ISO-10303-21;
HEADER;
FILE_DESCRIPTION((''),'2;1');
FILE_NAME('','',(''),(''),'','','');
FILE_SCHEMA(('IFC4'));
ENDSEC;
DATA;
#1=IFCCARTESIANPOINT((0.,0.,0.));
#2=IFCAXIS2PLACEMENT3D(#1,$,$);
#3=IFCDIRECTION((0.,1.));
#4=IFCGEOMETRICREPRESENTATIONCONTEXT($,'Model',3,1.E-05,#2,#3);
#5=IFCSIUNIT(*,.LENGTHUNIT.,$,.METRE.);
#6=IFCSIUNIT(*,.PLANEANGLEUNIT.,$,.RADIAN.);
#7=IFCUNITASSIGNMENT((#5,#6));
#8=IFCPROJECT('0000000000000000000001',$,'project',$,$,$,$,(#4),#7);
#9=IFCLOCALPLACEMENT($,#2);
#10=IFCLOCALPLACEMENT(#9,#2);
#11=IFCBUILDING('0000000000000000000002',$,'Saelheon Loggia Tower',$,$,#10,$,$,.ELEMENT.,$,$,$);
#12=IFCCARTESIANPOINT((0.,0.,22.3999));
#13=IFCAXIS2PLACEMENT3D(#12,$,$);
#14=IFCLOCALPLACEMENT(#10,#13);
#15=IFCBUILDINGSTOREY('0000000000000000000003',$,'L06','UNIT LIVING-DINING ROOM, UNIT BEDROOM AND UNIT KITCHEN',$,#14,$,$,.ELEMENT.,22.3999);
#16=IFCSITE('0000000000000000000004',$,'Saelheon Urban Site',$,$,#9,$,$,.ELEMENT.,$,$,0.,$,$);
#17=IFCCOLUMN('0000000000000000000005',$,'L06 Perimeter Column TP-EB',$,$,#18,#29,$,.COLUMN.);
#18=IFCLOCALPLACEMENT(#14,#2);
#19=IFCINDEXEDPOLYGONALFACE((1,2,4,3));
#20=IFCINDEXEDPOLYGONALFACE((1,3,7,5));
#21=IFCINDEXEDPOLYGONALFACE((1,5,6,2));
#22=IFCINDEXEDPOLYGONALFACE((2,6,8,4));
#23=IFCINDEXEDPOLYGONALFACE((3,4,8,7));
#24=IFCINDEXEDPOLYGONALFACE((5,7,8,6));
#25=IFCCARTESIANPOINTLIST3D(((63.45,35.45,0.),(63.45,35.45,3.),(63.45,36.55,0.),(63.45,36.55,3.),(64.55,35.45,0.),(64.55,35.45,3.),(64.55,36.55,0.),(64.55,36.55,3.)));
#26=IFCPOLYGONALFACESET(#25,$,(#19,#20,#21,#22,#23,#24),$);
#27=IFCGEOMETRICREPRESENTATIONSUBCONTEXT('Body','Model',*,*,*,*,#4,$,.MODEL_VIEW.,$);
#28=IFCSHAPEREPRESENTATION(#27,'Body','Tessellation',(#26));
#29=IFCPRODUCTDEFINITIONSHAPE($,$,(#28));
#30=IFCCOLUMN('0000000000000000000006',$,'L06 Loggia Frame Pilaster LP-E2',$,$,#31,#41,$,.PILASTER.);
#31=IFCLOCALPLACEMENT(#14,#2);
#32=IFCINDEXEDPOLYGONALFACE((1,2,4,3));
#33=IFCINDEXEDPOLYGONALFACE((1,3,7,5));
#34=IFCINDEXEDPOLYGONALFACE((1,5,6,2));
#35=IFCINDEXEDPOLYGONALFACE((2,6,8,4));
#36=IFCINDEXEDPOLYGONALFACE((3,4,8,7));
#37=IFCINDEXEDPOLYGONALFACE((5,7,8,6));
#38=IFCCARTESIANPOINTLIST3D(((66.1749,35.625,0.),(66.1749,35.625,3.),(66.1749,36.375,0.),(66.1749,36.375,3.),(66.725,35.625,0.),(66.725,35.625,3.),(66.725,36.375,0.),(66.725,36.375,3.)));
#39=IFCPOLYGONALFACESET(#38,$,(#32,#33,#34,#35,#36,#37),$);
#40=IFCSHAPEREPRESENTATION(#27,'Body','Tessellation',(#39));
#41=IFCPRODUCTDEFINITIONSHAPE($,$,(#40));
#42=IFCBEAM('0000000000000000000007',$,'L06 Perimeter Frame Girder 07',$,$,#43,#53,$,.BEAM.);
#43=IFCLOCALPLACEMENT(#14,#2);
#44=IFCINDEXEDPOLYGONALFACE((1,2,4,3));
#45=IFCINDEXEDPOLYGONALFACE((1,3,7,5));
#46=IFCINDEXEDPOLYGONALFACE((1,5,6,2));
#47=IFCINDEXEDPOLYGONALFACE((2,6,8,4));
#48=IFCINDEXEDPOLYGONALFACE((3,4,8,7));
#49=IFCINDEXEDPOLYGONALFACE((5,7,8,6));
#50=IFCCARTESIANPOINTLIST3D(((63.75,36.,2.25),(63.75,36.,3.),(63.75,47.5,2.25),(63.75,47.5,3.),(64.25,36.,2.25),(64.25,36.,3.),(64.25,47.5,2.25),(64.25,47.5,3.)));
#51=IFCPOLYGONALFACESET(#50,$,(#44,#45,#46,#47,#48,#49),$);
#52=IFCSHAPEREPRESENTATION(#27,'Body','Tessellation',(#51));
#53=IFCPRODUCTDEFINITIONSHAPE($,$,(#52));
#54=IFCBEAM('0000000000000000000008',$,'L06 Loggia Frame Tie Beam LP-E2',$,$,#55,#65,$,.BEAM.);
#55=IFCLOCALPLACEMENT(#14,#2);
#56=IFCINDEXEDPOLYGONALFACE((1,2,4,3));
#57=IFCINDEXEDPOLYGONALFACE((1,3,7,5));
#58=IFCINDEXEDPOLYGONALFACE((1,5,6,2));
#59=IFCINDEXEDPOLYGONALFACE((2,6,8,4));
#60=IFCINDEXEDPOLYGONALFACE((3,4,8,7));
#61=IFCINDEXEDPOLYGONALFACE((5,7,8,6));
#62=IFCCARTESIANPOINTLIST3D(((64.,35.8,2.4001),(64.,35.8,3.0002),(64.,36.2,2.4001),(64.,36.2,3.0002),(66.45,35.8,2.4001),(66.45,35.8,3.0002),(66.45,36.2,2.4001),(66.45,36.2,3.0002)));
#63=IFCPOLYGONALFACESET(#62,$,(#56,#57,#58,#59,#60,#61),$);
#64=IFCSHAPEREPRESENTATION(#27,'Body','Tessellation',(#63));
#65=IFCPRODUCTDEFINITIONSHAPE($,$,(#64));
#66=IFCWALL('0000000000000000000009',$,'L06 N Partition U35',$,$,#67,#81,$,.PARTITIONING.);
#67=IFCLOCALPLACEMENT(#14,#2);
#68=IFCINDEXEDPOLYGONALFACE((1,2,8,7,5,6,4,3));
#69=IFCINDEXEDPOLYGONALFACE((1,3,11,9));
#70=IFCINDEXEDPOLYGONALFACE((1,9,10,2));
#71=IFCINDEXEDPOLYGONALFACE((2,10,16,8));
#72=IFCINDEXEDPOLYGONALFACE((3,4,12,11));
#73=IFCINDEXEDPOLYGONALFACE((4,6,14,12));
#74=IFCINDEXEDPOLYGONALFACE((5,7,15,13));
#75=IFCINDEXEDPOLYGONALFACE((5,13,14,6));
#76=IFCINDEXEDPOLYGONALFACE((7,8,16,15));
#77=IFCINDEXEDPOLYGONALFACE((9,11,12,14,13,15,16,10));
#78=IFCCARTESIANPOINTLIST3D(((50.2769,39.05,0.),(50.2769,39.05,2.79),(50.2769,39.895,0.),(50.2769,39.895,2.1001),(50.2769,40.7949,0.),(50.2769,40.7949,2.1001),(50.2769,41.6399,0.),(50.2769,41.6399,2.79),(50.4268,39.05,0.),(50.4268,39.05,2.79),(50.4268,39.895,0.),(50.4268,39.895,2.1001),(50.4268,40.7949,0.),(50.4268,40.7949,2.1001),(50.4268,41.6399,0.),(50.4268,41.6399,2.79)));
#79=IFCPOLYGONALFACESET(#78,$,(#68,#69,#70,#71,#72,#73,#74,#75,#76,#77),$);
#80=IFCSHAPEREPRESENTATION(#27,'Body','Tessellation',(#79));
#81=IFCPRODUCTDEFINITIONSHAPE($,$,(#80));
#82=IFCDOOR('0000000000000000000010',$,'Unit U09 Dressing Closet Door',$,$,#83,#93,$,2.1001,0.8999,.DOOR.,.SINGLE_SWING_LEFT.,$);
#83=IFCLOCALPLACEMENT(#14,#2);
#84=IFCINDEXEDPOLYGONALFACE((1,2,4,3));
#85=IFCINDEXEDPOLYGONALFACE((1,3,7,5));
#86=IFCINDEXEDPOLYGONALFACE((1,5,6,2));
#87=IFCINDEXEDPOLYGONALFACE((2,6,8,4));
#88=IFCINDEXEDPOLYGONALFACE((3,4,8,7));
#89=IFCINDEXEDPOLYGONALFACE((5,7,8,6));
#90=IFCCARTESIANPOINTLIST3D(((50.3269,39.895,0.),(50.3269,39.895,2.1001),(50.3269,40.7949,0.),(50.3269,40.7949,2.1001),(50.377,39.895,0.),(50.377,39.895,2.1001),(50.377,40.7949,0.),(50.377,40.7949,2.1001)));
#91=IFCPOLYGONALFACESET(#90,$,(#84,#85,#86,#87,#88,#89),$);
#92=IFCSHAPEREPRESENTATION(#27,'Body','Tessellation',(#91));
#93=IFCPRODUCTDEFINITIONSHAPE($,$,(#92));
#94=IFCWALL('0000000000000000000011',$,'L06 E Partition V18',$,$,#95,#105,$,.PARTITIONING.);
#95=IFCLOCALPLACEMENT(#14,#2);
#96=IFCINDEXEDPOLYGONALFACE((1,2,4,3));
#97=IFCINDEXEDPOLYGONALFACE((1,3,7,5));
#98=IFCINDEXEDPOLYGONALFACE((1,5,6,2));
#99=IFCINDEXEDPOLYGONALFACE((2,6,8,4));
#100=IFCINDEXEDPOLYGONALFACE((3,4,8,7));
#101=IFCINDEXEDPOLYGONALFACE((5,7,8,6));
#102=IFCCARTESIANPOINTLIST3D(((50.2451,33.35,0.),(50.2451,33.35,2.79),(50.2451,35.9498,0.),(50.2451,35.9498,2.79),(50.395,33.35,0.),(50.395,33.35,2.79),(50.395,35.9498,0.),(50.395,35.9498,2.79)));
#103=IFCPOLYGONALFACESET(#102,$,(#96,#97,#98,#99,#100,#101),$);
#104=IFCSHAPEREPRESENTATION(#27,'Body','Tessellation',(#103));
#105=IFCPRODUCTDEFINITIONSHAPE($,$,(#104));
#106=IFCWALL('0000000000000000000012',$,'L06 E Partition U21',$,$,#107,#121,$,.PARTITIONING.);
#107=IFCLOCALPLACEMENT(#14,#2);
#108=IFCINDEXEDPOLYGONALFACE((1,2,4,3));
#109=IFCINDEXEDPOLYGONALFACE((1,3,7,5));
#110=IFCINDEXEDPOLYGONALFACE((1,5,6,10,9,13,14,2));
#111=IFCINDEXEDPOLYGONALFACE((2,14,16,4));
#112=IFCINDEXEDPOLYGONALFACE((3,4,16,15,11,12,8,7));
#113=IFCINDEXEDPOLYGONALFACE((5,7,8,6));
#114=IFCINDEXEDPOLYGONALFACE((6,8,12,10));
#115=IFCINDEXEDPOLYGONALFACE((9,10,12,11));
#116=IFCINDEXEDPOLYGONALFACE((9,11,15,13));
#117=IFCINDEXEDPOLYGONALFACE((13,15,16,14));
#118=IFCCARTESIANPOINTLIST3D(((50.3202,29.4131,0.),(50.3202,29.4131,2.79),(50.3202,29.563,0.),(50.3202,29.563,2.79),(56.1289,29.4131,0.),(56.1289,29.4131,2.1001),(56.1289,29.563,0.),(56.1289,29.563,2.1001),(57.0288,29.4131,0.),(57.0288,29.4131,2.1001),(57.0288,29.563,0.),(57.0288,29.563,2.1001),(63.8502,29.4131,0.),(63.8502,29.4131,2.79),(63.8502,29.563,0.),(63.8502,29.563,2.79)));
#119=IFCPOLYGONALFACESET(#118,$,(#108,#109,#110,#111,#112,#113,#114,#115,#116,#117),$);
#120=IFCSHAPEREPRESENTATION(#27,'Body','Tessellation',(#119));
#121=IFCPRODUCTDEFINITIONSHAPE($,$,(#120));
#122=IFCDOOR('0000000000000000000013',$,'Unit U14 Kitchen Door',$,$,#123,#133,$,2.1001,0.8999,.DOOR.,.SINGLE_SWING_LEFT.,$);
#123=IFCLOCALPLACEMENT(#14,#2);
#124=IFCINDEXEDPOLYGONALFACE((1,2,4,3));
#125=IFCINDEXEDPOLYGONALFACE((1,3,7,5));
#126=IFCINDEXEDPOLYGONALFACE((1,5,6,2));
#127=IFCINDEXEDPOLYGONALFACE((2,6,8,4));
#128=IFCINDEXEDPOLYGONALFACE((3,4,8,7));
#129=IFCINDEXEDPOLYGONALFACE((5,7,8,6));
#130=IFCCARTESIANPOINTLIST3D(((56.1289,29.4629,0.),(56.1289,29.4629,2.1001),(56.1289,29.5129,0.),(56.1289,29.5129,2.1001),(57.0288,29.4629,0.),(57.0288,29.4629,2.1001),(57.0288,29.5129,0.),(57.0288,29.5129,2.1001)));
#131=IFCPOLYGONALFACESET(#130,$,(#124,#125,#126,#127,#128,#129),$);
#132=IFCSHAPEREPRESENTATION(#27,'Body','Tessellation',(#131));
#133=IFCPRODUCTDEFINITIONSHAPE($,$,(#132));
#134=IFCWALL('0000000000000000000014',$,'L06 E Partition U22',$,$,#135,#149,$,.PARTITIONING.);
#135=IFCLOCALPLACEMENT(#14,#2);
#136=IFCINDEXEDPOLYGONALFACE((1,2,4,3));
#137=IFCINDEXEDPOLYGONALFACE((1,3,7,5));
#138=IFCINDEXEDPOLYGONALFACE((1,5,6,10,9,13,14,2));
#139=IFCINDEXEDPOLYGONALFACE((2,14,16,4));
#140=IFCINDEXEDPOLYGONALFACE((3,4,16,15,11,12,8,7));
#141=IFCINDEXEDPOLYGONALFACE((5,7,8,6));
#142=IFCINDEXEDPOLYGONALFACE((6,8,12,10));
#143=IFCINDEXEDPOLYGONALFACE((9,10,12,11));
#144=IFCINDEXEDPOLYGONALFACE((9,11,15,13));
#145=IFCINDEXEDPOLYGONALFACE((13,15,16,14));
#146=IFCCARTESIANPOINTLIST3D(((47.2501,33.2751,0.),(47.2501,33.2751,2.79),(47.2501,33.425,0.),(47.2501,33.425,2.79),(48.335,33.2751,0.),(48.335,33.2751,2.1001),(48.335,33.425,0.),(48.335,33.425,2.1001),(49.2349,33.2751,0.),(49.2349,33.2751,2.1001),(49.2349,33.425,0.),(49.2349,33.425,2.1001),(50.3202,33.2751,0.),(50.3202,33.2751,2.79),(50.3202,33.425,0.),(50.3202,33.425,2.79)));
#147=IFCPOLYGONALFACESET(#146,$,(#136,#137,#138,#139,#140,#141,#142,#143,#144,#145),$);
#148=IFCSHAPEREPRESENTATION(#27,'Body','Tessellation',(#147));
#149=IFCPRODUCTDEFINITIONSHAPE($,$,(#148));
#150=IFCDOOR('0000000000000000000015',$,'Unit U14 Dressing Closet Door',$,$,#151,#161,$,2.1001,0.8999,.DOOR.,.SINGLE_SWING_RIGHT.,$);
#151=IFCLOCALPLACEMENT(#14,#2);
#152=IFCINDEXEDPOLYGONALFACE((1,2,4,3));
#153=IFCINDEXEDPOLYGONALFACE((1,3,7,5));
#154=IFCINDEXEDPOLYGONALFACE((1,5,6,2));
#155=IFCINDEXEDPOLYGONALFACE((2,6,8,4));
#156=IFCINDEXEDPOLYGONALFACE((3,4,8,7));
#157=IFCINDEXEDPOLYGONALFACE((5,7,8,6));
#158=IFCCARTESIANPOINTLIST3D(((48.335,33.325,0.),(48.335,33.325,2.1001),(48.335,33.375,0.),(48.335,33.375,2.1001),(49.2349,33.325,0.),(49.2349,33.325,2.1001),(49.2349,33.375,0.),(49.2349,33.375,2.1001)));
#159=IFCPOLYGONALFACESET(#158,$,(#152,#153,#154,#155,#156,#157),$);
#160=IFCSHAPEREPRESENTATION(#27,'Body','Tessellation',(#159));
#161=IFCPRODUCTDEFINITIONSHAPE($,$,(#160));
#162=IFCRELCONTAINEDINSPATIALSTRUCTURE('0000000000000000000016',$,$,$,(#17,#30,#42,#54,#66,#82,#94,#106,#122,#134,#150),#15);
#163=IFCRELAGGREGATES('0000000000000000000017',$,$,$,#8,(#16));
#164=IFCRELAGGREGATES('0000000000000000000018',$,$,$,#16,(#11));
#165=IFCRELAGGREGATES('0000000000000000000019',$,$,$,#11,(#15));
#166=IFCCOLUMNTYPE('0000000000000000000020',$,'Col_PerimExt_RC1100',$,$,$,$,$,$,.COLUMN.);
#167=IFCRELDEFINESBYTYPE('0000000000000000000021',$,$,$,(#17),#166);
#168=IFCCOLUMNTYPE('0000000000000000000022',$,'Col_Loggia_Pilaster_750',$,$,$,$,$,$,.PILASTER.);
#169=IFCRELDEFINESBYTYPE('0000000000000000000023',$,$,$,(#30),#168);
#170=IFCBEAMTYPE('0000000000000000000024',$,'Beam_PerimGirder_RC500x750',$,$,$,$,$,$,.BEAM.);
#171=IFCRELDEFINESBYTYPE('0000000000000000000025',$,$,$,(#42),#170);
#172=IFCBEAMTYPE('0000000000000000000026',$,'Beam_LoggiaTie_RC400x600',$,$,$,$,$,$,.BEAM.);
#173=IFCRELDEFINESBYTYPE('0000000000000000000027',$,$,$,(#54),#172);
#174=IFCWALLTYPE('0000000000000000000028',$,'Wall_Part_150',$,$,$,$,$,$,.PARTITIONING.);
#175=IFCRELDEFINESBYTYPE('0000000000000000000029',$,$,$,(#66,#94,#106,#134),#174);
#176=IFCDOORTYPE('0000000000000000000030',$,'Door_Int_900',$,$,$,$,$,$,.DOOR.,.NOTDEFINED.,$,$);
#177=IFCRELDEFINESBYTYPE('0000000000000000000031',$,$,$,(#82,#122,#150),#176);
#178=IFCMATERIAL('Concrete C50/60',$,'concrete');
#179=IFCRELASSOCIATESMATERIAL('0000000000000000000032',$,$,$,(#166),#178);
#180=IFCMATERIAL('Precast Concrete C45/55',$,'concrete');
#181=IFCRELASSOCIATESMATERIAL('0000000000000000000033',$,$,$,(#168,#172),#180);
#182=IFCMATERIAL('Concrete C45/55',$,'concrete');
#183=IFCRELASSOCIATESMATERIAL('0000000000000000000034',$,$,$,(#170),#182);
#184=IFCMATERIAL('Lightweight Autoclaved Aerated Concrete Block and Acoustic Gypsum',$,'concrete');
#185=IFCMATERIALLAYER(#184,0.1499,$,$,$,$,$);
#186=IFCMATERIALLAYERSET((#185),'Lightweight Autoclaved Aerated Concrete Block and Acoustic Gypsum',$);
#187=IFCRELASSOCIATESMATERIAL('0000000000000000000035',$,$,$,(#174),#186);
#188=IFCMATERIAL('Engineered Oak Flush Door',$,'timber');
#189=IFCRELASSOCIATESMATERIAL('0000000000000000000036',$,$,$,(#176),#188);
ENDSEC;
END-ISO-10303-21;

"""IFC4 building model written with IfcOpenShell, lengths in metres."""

from ifc_helpers import new_model, si_unit, direction, frame, frame_2d, origin, origin_2d, place, context, subcontext, project, spatial, rectangle, extrude, source, transform, mapped, material, layer, layer_set, material_profile, profile_set, type_object, element, fill, save


model = new_model("IFC4")

# Units and contexts
model_context = context("Model", 3, precision=1e-05, world=origin(), true_north=direction((0.0, 1.0)))
body_context = subcontext(model_context, "Body", "Model", "MODEL_VIEW")
ifc_project = project(units=[si_unit("LENGTHUNIT", "METRE"), si_unit("PLANEANGLEUNIT", "RADIAN")], contexts=[model_context])

# Site, building, storey
site_placement = place(None, origin())
site = spatial("IfcSite", under=ifc_project, at=site_placement, Name="Saelheon Urban Site", CompositionType="ELEMENT", RefElevation=0.0)
building_placement = place(site_placement, origin())
building = spatial("IfcBuilding", under=site, at=building_placement, Name="Saelheon Loggia Tower", CompositionType="ELEMENT")
storey_placement = place(building_placement, frame((0.0, 0.0, 22.3999)))
storey = spatial("IfcBuildingStorey", under=building, at=storey_placement, Name="L06", Description="UNIT LIVING-DINING ROOM, UNIT BEDROOM AND UNIT KITCHEN", CompositionType="ELEMENT", Elevation=22.3999)

# Columns
ifc_material_1 = material(Name="Concrete C50/60", Category="concrete")
ifc_material_profile_1 = material_profile(ifc_material_1, rectangle(XDim=1.1001, YDim=1.1001, at=origin_2d()), Name="RC-1100x1100")
ifc_profile_set_1 = profile_set([ifc_material_profile_1], Name="Concrete C50/60")
column_type_1 = type_object("IfcColumnType", Name="Col_PerimExt_RC1100", PredefinedType="COLUMN", material=ifc_profile_set_1)
shared_shape_1 = source(origin(), body_context, "Body", "SweptSolid", [
    extrude(rectangle(XDim=1.1001, YDim=1.1001, at=origin_2d()), origin(), (0.0, 0.0, 1.0), 3.0),
])
column_1_placement = place(storey_placement, frame((64.0, 36.0, 0.0), z_axis=(0.0, 0.0, 1.0), x_axis=(1.0, 0.0, 0.0)))
element("IfcColumn", 1, at=column_1_placement, inside=storey, type_object=column_type_1, Name="L06 Perimeter Column TP-EB", PredefinedType="COLUMN", context=body_context, shape_type="MappedRepresentation", body=[
    mapped(shared_shape_1, transform((0.0, 0.0, 0.0), scale=1.0)),
])
ifc_material_2 = material(Name="Precast Concrete C45/55", Category="concrete")
ifc_material_profile_2 = material_profile(ifc_material_2, rectangle(XDim=0.55, YDim=0.75, at=origin_2d()), Name="RC-550x750")
ifc_profile_set_2 = profile_set([ifc_material_profile_2], Name="Precast Concrete C45/55")
column_type_2 = type_object("IfcColumnType", Name="Col_Loggia_Pilaster_750", PredefinedType="PILASTER", material=ifc_profile_set_2)
shared_shape_2 = source(origin(), body_context, "Body", "SweptSolid", [
    extrude(rectangle(XDim=0.55, YDim=0.75, at=origin_2d()), origin(), (0.0, 0.0, 1.0), 3.0),
])
column_2_placement = place(storey_placement, frame((66.45, 36.0, 0.0), z_axis=(0.0, 0.0, 1.0), x_axis=(1.0, 0.0, 0.0)))
element("IfcColumn", 2, at=column_2_placement, inside=storey, type_object=column_type_2, Name="L06 Loggia Frame Pilaster LP-E2", PredefinedType="PILASTER", context=body_context, shape_type="MappedRepresentation", body=[
    mapped(shared_shape_2, transform((0.0, 0.0, 0.0), scale=1.0)),
])

# Beams
ifc_material_3 = material(Name="Concrete C45/55", Category="concrete")
ifc_material_profile_3 = material_profile(ifc_material_3, rectangle(XDim=0.5, YDim=0.75, at=origin_2d()), Name="RC-500x750")
ifc_profile_set_3 = profile_set([ifc_material_profile_3], Name="Concrete C45/55")
beam_type_1 = type_object("IfcBeamType", Name="Beam_PerimGirder_RC500x750", PredefinedType="BEAM", material=ifc_profile_set_3)
shared_shape_3 = source(origin(), body_context, "Body", "SweptSolid", [
    extrude(rectangle(XDim=0.5, YDim=0.75, at=origin_2d()), origin(), (0.0, 0.0, 1.0), 11.5),
])
beam_1_placement = place(storey_placement, frame((64.0, 36.0, 2.625), z_axis=(0.0, 1.0, 0.0), x_axis=(-1.0, 0.0, 0.0)))
element("IfcBeam", 3, at=beam_1_placement, inside=storey, type_object=beam_type_1, Name="L06 Perimeter Frame Girder 07", PredefinedType="BEAM", context=body_context, shape_type="MappedRepresentation", body=[
    mapped(shared_shape_3, transform((0.0, 0.0, 0.0), scale=1.0)),
])
ifc_material_profile_4 = material_profile(ifc_material_2, rectangle(XDim=0.3999, YDim=0.6001, at=origin_2d()), Name="RC-400x600")
ifc_profile_set_4 = profile_set([ifc_material_profile_4], Name="Precast Concrete C45/55")
beam_type_2 = type_object("IfcBeamType", Name="Beam_LoggiaTie_RC400x600", PredefinedType="BEAM", material=ifc_profile_set_4)
shared_shape_4 = source(origin(), body_context, "Body", "SweptSolid", [
    extrude(rectangle(XDim=0.3999, YDim=0.6001, at=origin_2d()), origin(), (0.0, 0.0, 1.0), 2.45),
])
beam_2_placement = place(storey_placement, frame((64.0, 36.0, 2.7002), z_axis=(1.0, 0.0, 0.0), x_axis=(0.0, 1.0, 0.0)))
element("IfcBeam", 4, at=beam_2_placement, inside=storey, type_object=beam_type_2, Name="L06 Loggia Frame Tie Beam LP-E2", PredefinedType="BEAM", context=body_context, shape_type="MappedRepresentation", body=[
    mapped(shared_shape_4, transform((0.0, 0.0, 0.0), scale=1.0)),
])

# Wall, opening, door
ifc_material_4 = material(Name="Lightweight Autoclaved Aerated Concrete Block and Acoustic Gypsum", Category="concrete")
ifc_layer_1 = layer(ifc_material_4, 0.1499)
ifc_layer_set_1 = layer_set([ifc_layer_1], Name="Lightweight Autoclaved Aerated Concrete Block and Acoustic Gypsum")
wall_type_1 = type_object("IfcWallType", Name="Wall_Part_150", PredefinedType="PARTITIONING", material=ifc_layer_set_1)
wall_1_placement = place(storey_placement, frame((50.3518, 39.05, 0.0), z_axis=(0.0, 0.0, 1.0), x_axis=(0.0, 1.0, 0.0)))
wall_1 = element("IfcWall", 5, at=wall_1_placement, inside=storey, type_object=wall_type_1, Name="L06 N Partition U35", PredefinedType="PARTITIONING", context=body_context, shape_type="SweptSolid", body=[
    extrude(rectangle(XDim=2.5898, YDim=0.1499, at=frame_2d((1.2949, 0.0))), origin(), (0.0, 0.0, 1.0), 2.79),
])
opening_1_placement = place(wall_1_placement, frame((0.845, 0.0, 0.0)))
opening_1 = element("IfcOpeningElement", 6, at=opening_1_placement, cuts=wall_1, PredefinedType="OPENING", context=body_context, shape_type="SweptSolid", body=[
    extrude(rectangle(XDim=0.8999, YDim=2.1001, at=frame_2d((0.45, 1.05))), frame((0.0, 0.0869, 0.0), z_axis=(0.0, -1.0, 0.0), x_axis=(1.0, 0.0, 0.0)), (0.0, 0.0, 1.0), 0.1738),
])
ifc_material_5 = material(Name="Engineered Oak Flush Door", Category="timber")
door_type_1 = type_object("IfcDoorType", Name="Door_Int_900", OperationType="NOTDEFINED", PredefinedType="DOOR", material=ifc_material_5)
shared_shape_5 = source(origin(), body_context, "Body", "SweptSolid", [
    extrude(rectangle(XDim=0.8999, YDim=2.1001, at=frame_2d((0.45, 1.05))), frame((0.0, 0.0249, 0.0), z_axis=(0.0, -1.0, 0.0), x_axis=(1.0, 0.0, 0.0)), (0.0, 0.0, 1.0), 0.05),
])
door_1_placement = place(opening_1_placement, origin())
door_1 = element("IfcDoor", 7, at=door_1_placement, inside=storey, type_object=door_type_1, Name="Unit U09 Dressing Closet Door", OperationType="SINGLE_SWING_LEFT", OverallHeight=2.1001, OverallWidth=0.8999, PredefinedType="DOOR", context=body_context, shape_type="MappedRepresentation", body=[
    mapped(shared_shape_5, transform((0.0, 0.0, 0.0), scale=1.0)),
])
fill(opening_1, door_1)

# Wall
wall_2_placement = place(storey_placement, frame((50.3201, 33.3501, 0.0), z_axis=(0.0, 0.0, 1.0), x_axis=(0.0, 1.0, 0.0)))
element("IfcWall", 8, at=wall_2_placement, inside=storey, type_object=wall_type_1, Name="L06 E Partition V18", PredefinedType="PARTITIONING", context=body_context, shape_type="SweptSolid", body=[
    extrude(rectangle(XDim=2.5999, YDim=0.1499, at=frame_2d((1.2998, 0.0))), origin(), (0.0, 0.0, 1.0), 2.79),
])

# Walls, openings, doors
wall_3_placement = place(storey_placement, frame((50.3201, 29.488, 0.0), z_axis=(0.0, 0.0, 1.0), x_axis=(1.0, 0.0, 0.0)))
wall_3 = element("IfcWall", 9, at=wall_3_placement, inside=storey, type_object=wall_type_1, Name="L06 E Partition U21", PredefinedType="PARTITIONING", context=body_context, shape_type="SweptSolid", body=[
    extrude(rectangle(XDim=13.53, YDim=0.1499, at=frame_2d((6.7651, 0.0))), origin(), (0.0, 0.0, 1.0), 2.79),
])
opening_2_placement = place(wall_3_placement, frame((5.8088, 0.0, 0.0)))
opening_2 = element("IfcOpeningElement", 10, at=opening_2_placement, cuts=wall_3, PredefinedType="OPENING", context=body_context, shape_type="SweptSolid", body=[
    extrude(rectangle(XDim=0.8999, YDim=2.1001, at=frame_2d((0.45, 1.05))), frame((0.0, 0.0869, 0.0), z_axis=(0.0, -1.0, 0.0), x_axis=(1.0, 0.0, 0.0)), (0.0, 0.0, 1.0), 0.1738),
])
door_2_placement = place(opening_2_placement, origin())
door_2 = element("IfcDoor", 11, at=door_2_placement, inside=storey, type_object=door_type_1, Name="Unit U14 Kitchen Door", OperationType="SINGLE_SWING_LEFT", OverallHeight=2.1001, OverallWidth=0.8999, PredefinedType="DOOR", context=body_context, shape_type="MappedRepresentation", body=[
    mapped(shared_shape_5, transform((0.0, 0.0, 0.0), scale=1.0)),
])
fill(opening_2, door_2)
wall_4_placement = place(storey_placement, frame((47.25, 33.3501, 0.0), z_axis=(0.0, 0.0, 1.0), x_axis=(1.0, 0.0, 0.0)))
wall_4 = element("IfcWall", 12, at=wall_4_placement, inside=storey, type_object=wall_type_1, Name="L06 E Partition U22", PredefinedType="PARTITIONING", context=body_context, shape_type="SweptSolid", body=[
    extrude(rectangle(XDim=3.0701, YDim=0.1499, at=frame_2d((1.5352, 0.0))), origin(), (0.0, 0.0, 1.0), 2.79),
])
opening_3_placement = place(wall_4_placement, frame((1.085, 0.0, 0.0)))
opening_3 = element("IfcOpeningElement", 13, at=opening_3_placement, cuts=wall_4, PredefinedType="OPENING", context=body_context, shape_type="SweptSolid", body=[
    extrude(rectangle(XDim=0.8999, YDim=2.1001, at=frame_2d((0.45, 1.05))), frame((0.0, 0.0869, 0.0), z_axis=(0.0, -1.0, 0.0), x_axis=(1.0, 0.0, 0.0)), (0.0, 0.0, 1.0), 0.1738),
])
door_3_placement = place(opening_3_placement, origin())
door_3 = element("IfcDoor", 14, at=door_3_placement, inside=storey, type_object=door_type_1, Name="Unit U14 Dressing Closet Door", OperationType="SINGLE_SWING_RIGHT", OverallHeight=2.1001, OverallWidth=0.8999, PredefinedType="DOOR", context=body_context, shape_type="MappedRepresentation", body=[
    mapped(shared_shape_5, transform((0.0, 0.0, 0.0), scale=1.0)),
])
fill(opening_3, door_3)

save(model, "model.ifc")
